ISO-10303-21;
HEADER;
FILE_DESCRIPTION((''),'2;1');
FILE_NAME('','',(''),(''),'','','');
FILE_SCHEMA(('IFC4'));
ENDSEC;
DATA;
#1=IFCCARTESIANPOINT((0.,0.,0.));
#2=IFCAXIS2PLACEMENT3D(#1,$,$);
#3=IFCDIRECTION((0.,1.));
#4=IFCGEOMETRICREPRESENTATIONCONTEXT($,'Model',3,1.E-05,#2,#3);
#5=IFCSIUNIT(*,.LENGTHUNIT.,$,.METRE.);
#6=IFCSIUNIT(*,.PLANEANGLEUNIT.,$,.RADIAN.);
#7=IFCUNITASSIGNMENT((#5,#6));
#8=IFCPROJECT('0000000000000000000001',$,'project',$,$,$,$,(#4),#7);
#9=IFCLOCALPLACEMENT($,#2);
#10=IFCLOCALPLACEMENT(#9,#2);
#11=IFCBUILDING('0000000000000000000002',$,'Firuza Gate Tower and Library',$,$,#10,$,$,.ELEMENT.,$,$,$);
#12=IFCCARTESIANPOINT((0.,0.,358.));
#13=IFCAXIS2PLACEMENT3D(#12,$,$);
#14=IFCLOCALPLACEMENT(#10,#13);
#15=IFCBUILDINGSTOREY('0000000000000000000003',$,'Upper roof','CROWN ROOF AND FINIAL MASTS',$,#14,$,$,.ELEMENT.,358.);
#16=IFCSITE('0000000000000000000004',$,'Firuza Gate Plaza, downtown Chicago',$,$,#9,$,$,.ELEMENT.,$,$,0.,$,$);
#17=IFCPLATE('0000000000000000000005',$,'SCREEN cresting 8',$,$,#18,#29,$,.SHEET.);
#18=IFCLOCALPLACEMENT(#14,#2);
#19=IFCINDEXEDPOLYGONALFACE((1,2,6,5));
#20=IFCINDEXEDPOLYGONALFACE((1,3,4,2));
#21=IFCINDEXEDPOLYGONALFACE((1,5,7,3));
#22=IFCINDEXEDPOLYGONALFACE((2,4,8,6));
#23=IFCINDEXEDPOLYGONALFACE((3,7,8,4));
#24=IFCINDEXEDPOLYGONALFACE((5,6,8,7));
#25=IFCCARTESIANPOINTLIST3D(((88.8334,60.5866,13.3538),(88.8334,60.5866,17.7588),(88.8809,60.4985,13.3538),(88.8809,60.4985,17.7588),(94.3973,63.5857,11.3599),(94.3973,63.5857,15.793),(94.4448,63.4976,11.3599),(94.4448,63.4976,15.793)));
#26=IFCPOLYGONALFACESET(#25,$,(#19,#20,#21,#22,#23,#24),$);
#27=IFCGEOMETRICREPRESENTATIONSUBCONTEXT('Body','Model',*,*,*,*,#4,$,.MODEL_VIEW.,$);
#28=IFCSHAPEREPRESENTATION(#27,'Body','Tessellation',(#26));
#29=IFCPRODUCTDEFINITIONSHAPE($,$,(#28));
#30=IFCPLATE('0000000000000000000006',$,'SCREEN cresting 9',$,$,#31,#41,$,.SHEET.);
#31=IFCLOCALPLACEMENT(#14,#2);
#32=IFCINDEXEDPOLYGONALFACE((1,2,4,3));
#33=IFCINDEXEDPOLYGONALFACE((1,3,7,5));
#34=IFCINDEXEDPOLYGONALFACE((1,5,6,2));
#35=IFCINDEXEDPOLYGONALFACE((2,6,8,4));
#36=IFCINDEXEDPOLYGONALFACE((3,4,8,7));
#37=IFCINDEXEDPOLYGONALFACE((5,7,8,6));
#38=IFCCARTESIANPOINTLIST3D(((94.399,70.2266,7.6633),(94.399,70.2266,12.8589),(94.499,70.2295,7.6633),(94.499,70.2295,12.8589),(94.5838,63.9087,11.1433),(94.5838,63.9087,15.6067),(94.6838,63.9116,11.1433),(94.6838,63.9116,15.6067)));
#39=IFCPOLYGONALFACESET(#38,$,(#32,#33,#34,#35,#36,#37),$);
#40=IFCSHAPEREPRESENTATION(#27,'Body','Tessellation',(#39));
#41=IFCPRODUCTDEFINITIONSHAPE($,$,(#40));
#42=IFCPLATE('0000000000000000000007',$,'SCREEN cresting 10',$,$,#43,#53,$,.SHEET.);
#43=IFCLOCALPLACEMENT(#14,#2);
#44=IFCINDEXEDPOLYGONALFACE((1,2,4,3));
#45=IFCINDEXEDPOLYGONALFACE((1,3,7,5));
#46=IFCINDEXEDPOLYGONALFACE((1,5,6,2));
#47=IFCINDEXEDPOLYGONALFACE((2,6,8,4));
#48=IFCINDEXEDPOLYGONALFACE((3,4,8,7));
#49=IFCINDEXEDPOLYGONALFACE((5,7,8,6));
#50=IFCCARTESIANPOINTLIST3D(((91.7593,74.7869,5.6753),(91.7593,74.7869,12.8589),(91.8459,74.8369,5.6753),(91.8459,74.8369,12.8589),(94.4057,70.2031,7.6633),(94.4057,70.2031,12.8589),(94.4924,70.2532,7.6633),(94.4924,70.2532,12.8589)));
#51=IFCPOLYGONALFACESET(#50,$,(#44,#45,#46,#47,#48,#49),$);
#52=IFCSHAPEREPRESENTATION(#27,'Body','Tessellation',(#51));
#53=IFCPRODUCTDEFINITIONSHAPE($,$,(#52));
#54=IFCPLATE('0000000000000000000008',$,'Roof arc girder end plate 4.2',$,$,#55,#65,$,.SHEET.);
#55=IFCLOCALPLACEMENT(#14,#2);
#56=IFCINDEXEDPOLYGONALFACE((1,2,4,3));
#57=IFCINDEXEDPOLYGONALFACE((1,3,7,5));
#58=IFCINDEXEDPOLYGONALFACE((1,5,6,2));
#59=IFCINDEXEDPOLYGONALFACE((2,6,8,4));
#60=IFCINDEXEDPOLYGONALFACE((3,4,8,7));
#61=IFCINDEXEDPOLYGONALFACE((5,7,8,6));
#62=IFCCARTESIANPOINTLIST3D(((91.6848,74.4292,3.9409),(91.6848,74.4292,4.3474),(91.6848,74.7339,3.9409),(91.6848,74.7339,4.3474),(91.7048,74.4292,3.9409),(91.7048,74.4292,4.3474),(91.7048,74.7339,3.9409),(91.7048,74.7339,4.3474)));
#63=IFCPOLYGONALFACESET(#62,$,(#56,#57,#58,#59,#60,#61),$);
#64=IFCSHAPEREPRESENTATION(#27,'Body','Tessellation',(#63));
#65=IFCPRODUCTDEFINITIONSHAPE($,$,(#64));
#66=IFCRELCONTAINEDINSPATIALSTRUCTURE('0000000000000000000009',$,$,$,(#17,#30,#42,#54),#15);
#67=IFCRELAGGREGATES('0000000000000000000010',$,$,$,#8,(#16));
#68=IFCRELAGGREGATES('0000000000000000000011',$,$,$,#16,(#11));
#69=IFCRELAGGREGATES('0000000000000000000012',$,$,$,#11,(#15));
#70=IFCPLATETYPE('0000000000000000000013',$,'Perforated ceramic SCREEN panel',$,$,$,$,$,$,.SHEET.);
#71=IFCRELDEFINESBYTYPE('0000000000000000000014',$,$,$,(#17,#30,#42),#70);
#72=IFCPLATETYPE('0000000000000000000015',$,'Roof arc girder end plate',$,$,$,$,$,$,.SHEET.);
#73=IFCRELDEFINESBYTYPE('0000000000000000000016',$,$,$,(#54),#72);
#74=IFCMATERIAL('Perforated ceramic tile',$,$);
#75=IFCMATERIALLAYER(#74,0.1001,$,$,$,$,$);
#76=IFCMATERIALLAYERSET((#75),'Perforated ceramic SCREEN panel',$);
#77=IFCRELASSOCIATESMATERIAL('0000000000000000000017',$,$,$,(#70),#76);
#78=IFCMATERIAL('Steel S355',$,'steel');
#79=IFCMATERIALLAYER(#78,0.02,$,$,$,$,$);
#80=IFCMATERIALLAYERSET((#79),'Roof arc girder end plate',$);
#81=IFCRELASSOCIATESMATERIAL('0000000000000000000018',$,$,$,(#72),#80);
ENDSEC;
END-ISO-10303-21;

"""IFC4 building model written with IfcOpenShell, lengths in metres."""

from ifc_helpers import new_model, si_unit, direction, frame, origin, origin_2d, place, context, subcontext, project, spatial, polyline, rectangle, outline, extrude, material, layer, layer_set, type_object, element, save


model = new_model("IFC4")

# Units and contexts
model_context = context("Model", 3, precision=1e-05, world=origin(), true_north=direction((0.0, 1.0)))
body_context = subcontext(model_context, "Body", "Model", "MODEL_VIEW")
ifc_project = project(units=[si_unit("LENGTHUNIT", "METRE"), si_unit("PLANEANGLEUNIT", "RADIAN")], contexts=[model_context])

# Site, building, storey
site_placement = place(None, origin())
site = spatial("IfcSite", under=ifc_project, at=site_placement, Name="Firuza Gate Plaza, downtown Chicago", CompositionType="ELEMENT", RefElevation=0.0)
building_placement = place(site_placement, origin())
building = spatial("IfcBuilding", under=site, at=building_placement, Name="Firuza Gate Tower and Library", CompositionType="ELEMENT")
storey_placement = place(building_placement, frame((0.0, 0.0, 358.0)))
storey = spatial("IfcBuildingStorey", under=building, at=storey_placement, Name="Upper roof", Description="CROWN ROOF AND FINIAL MASTS", CompositionType="ELEMENT", Elevation=358.0)

# Plates
ifc_material_1 = material(Name="Perforated ceramic tile")
ifc_layer_1 = layer(ifc_material_1, 0.1001)
ifc_layer_set_1 = layer_set([ifc_layer_1], Name="Perforated ceramic SCREEN panel")
plate_type_1 = type_object("IfcPlateType", Name="Perforated ceramic SCREEN panel", PredefinedType="SHEET", material=ifc_layer_set_1)
plate_1_placement = place(storey_placement, frame((88.8809, 60.4985, 13.3538), z_axis=(0.474473, -0.88027, 0.0), x_axis=(0.839491, 0.452493, -0.300839)))
element("IfcPlate", 1, at=plate_1_placement, inside=storey, type_object=plate_type_1, Name="SCREEN cresting 8", PredefinedType="SHEET", context=body_context, shape_type="SweptSolid", body=[
    extrude(outline(polyline([(0.0, 0.0), (6.6278, 0.0), (5.2941, 4.2277), (-1.3252, 4.201), (0.0, 0.0)])), origin(), (0.0, 0.0, -1.0), 0.1001),
])
plate_2_placement = place(storey_placement, frame((94.6838, 63.9116, 11.1433), z_axis=(0.999572, 0.02924, 0.0), x_axis=(-0.025614, 0.875627, -0.482309)))
element("IfcPlate", 2, at=plate_2_placement, inside=storey, type_object=plate_type_1, Name="SCREEN cresting 9", PredefinedType="SHEET", context=body_context, shape_type="SweptSolid", body=[
    extrude(outline(polyline([(0.0, 0.0), (7.2153, 0.0), (4.7094, 4.5513), (-2.1527, 3.9099), (0.0, 0.0)])), origin(), (0.0, 0.0, -1.0), 0.1001),
])
plate_3_placement = place(storey_placement, frame((94.4924, 70.2532, 7.6633), z_axis=(0.86602, 0.500009, 0.0), x_axis=(-0.468079, 0.810719, -0.351621)))
element("IfcPlate", 3, at=plate_3_placement, inside=storey, type_object=plate_type_1, Name="SCREEN cresting 10", PredefinedType="SHEET", context=body_context, shape_type="SweptSolid", body=[
    extrude(outline(polyline([(0.0, 0.0), (5.6539, 0.0), (3.128, 6.7249), (-1.8269, 4.8638), (0.0, 0.0)])), origin(), (0.0, 0.0, -1.0), 0.1001),
])
ifc_material_2 = material(Name="Steel S355", Category="steel")
ifc_layer_2 = layer(ifc_material_2, 0.02)
ifc_layer_set_2 = layer_set([ifc_layer_2], Name="Roof arc girder end plate")
plate_type_2 = type_object("IfcPlateType", Name="Roof arc girder end plate", PredefinedType="SHEET", material=ifc_layer_set_2)
plate_4_placement = place(storey_placement, frame((91.6948, 74.5815, 3.9409), z_axis=(0.0, 0.0, 1.0), x_axis=(1.0, 0.0, 0.0)))
element("IfcPlate", 4, at=plate_4_placement, inside=storey, type_object=plate_type_2, Name="Roof arc girder end plate 4.2", PredefinedType="SHEET", context=body_context, shape_type="SweptSolid", body=[
    extrude(rectangle(XDim=0.02, YDim=0.3047, at=origin_2d()), origin(), (0.0, 0.0, 1.0), 0.4065),
])

save(model, "model.ifc")
